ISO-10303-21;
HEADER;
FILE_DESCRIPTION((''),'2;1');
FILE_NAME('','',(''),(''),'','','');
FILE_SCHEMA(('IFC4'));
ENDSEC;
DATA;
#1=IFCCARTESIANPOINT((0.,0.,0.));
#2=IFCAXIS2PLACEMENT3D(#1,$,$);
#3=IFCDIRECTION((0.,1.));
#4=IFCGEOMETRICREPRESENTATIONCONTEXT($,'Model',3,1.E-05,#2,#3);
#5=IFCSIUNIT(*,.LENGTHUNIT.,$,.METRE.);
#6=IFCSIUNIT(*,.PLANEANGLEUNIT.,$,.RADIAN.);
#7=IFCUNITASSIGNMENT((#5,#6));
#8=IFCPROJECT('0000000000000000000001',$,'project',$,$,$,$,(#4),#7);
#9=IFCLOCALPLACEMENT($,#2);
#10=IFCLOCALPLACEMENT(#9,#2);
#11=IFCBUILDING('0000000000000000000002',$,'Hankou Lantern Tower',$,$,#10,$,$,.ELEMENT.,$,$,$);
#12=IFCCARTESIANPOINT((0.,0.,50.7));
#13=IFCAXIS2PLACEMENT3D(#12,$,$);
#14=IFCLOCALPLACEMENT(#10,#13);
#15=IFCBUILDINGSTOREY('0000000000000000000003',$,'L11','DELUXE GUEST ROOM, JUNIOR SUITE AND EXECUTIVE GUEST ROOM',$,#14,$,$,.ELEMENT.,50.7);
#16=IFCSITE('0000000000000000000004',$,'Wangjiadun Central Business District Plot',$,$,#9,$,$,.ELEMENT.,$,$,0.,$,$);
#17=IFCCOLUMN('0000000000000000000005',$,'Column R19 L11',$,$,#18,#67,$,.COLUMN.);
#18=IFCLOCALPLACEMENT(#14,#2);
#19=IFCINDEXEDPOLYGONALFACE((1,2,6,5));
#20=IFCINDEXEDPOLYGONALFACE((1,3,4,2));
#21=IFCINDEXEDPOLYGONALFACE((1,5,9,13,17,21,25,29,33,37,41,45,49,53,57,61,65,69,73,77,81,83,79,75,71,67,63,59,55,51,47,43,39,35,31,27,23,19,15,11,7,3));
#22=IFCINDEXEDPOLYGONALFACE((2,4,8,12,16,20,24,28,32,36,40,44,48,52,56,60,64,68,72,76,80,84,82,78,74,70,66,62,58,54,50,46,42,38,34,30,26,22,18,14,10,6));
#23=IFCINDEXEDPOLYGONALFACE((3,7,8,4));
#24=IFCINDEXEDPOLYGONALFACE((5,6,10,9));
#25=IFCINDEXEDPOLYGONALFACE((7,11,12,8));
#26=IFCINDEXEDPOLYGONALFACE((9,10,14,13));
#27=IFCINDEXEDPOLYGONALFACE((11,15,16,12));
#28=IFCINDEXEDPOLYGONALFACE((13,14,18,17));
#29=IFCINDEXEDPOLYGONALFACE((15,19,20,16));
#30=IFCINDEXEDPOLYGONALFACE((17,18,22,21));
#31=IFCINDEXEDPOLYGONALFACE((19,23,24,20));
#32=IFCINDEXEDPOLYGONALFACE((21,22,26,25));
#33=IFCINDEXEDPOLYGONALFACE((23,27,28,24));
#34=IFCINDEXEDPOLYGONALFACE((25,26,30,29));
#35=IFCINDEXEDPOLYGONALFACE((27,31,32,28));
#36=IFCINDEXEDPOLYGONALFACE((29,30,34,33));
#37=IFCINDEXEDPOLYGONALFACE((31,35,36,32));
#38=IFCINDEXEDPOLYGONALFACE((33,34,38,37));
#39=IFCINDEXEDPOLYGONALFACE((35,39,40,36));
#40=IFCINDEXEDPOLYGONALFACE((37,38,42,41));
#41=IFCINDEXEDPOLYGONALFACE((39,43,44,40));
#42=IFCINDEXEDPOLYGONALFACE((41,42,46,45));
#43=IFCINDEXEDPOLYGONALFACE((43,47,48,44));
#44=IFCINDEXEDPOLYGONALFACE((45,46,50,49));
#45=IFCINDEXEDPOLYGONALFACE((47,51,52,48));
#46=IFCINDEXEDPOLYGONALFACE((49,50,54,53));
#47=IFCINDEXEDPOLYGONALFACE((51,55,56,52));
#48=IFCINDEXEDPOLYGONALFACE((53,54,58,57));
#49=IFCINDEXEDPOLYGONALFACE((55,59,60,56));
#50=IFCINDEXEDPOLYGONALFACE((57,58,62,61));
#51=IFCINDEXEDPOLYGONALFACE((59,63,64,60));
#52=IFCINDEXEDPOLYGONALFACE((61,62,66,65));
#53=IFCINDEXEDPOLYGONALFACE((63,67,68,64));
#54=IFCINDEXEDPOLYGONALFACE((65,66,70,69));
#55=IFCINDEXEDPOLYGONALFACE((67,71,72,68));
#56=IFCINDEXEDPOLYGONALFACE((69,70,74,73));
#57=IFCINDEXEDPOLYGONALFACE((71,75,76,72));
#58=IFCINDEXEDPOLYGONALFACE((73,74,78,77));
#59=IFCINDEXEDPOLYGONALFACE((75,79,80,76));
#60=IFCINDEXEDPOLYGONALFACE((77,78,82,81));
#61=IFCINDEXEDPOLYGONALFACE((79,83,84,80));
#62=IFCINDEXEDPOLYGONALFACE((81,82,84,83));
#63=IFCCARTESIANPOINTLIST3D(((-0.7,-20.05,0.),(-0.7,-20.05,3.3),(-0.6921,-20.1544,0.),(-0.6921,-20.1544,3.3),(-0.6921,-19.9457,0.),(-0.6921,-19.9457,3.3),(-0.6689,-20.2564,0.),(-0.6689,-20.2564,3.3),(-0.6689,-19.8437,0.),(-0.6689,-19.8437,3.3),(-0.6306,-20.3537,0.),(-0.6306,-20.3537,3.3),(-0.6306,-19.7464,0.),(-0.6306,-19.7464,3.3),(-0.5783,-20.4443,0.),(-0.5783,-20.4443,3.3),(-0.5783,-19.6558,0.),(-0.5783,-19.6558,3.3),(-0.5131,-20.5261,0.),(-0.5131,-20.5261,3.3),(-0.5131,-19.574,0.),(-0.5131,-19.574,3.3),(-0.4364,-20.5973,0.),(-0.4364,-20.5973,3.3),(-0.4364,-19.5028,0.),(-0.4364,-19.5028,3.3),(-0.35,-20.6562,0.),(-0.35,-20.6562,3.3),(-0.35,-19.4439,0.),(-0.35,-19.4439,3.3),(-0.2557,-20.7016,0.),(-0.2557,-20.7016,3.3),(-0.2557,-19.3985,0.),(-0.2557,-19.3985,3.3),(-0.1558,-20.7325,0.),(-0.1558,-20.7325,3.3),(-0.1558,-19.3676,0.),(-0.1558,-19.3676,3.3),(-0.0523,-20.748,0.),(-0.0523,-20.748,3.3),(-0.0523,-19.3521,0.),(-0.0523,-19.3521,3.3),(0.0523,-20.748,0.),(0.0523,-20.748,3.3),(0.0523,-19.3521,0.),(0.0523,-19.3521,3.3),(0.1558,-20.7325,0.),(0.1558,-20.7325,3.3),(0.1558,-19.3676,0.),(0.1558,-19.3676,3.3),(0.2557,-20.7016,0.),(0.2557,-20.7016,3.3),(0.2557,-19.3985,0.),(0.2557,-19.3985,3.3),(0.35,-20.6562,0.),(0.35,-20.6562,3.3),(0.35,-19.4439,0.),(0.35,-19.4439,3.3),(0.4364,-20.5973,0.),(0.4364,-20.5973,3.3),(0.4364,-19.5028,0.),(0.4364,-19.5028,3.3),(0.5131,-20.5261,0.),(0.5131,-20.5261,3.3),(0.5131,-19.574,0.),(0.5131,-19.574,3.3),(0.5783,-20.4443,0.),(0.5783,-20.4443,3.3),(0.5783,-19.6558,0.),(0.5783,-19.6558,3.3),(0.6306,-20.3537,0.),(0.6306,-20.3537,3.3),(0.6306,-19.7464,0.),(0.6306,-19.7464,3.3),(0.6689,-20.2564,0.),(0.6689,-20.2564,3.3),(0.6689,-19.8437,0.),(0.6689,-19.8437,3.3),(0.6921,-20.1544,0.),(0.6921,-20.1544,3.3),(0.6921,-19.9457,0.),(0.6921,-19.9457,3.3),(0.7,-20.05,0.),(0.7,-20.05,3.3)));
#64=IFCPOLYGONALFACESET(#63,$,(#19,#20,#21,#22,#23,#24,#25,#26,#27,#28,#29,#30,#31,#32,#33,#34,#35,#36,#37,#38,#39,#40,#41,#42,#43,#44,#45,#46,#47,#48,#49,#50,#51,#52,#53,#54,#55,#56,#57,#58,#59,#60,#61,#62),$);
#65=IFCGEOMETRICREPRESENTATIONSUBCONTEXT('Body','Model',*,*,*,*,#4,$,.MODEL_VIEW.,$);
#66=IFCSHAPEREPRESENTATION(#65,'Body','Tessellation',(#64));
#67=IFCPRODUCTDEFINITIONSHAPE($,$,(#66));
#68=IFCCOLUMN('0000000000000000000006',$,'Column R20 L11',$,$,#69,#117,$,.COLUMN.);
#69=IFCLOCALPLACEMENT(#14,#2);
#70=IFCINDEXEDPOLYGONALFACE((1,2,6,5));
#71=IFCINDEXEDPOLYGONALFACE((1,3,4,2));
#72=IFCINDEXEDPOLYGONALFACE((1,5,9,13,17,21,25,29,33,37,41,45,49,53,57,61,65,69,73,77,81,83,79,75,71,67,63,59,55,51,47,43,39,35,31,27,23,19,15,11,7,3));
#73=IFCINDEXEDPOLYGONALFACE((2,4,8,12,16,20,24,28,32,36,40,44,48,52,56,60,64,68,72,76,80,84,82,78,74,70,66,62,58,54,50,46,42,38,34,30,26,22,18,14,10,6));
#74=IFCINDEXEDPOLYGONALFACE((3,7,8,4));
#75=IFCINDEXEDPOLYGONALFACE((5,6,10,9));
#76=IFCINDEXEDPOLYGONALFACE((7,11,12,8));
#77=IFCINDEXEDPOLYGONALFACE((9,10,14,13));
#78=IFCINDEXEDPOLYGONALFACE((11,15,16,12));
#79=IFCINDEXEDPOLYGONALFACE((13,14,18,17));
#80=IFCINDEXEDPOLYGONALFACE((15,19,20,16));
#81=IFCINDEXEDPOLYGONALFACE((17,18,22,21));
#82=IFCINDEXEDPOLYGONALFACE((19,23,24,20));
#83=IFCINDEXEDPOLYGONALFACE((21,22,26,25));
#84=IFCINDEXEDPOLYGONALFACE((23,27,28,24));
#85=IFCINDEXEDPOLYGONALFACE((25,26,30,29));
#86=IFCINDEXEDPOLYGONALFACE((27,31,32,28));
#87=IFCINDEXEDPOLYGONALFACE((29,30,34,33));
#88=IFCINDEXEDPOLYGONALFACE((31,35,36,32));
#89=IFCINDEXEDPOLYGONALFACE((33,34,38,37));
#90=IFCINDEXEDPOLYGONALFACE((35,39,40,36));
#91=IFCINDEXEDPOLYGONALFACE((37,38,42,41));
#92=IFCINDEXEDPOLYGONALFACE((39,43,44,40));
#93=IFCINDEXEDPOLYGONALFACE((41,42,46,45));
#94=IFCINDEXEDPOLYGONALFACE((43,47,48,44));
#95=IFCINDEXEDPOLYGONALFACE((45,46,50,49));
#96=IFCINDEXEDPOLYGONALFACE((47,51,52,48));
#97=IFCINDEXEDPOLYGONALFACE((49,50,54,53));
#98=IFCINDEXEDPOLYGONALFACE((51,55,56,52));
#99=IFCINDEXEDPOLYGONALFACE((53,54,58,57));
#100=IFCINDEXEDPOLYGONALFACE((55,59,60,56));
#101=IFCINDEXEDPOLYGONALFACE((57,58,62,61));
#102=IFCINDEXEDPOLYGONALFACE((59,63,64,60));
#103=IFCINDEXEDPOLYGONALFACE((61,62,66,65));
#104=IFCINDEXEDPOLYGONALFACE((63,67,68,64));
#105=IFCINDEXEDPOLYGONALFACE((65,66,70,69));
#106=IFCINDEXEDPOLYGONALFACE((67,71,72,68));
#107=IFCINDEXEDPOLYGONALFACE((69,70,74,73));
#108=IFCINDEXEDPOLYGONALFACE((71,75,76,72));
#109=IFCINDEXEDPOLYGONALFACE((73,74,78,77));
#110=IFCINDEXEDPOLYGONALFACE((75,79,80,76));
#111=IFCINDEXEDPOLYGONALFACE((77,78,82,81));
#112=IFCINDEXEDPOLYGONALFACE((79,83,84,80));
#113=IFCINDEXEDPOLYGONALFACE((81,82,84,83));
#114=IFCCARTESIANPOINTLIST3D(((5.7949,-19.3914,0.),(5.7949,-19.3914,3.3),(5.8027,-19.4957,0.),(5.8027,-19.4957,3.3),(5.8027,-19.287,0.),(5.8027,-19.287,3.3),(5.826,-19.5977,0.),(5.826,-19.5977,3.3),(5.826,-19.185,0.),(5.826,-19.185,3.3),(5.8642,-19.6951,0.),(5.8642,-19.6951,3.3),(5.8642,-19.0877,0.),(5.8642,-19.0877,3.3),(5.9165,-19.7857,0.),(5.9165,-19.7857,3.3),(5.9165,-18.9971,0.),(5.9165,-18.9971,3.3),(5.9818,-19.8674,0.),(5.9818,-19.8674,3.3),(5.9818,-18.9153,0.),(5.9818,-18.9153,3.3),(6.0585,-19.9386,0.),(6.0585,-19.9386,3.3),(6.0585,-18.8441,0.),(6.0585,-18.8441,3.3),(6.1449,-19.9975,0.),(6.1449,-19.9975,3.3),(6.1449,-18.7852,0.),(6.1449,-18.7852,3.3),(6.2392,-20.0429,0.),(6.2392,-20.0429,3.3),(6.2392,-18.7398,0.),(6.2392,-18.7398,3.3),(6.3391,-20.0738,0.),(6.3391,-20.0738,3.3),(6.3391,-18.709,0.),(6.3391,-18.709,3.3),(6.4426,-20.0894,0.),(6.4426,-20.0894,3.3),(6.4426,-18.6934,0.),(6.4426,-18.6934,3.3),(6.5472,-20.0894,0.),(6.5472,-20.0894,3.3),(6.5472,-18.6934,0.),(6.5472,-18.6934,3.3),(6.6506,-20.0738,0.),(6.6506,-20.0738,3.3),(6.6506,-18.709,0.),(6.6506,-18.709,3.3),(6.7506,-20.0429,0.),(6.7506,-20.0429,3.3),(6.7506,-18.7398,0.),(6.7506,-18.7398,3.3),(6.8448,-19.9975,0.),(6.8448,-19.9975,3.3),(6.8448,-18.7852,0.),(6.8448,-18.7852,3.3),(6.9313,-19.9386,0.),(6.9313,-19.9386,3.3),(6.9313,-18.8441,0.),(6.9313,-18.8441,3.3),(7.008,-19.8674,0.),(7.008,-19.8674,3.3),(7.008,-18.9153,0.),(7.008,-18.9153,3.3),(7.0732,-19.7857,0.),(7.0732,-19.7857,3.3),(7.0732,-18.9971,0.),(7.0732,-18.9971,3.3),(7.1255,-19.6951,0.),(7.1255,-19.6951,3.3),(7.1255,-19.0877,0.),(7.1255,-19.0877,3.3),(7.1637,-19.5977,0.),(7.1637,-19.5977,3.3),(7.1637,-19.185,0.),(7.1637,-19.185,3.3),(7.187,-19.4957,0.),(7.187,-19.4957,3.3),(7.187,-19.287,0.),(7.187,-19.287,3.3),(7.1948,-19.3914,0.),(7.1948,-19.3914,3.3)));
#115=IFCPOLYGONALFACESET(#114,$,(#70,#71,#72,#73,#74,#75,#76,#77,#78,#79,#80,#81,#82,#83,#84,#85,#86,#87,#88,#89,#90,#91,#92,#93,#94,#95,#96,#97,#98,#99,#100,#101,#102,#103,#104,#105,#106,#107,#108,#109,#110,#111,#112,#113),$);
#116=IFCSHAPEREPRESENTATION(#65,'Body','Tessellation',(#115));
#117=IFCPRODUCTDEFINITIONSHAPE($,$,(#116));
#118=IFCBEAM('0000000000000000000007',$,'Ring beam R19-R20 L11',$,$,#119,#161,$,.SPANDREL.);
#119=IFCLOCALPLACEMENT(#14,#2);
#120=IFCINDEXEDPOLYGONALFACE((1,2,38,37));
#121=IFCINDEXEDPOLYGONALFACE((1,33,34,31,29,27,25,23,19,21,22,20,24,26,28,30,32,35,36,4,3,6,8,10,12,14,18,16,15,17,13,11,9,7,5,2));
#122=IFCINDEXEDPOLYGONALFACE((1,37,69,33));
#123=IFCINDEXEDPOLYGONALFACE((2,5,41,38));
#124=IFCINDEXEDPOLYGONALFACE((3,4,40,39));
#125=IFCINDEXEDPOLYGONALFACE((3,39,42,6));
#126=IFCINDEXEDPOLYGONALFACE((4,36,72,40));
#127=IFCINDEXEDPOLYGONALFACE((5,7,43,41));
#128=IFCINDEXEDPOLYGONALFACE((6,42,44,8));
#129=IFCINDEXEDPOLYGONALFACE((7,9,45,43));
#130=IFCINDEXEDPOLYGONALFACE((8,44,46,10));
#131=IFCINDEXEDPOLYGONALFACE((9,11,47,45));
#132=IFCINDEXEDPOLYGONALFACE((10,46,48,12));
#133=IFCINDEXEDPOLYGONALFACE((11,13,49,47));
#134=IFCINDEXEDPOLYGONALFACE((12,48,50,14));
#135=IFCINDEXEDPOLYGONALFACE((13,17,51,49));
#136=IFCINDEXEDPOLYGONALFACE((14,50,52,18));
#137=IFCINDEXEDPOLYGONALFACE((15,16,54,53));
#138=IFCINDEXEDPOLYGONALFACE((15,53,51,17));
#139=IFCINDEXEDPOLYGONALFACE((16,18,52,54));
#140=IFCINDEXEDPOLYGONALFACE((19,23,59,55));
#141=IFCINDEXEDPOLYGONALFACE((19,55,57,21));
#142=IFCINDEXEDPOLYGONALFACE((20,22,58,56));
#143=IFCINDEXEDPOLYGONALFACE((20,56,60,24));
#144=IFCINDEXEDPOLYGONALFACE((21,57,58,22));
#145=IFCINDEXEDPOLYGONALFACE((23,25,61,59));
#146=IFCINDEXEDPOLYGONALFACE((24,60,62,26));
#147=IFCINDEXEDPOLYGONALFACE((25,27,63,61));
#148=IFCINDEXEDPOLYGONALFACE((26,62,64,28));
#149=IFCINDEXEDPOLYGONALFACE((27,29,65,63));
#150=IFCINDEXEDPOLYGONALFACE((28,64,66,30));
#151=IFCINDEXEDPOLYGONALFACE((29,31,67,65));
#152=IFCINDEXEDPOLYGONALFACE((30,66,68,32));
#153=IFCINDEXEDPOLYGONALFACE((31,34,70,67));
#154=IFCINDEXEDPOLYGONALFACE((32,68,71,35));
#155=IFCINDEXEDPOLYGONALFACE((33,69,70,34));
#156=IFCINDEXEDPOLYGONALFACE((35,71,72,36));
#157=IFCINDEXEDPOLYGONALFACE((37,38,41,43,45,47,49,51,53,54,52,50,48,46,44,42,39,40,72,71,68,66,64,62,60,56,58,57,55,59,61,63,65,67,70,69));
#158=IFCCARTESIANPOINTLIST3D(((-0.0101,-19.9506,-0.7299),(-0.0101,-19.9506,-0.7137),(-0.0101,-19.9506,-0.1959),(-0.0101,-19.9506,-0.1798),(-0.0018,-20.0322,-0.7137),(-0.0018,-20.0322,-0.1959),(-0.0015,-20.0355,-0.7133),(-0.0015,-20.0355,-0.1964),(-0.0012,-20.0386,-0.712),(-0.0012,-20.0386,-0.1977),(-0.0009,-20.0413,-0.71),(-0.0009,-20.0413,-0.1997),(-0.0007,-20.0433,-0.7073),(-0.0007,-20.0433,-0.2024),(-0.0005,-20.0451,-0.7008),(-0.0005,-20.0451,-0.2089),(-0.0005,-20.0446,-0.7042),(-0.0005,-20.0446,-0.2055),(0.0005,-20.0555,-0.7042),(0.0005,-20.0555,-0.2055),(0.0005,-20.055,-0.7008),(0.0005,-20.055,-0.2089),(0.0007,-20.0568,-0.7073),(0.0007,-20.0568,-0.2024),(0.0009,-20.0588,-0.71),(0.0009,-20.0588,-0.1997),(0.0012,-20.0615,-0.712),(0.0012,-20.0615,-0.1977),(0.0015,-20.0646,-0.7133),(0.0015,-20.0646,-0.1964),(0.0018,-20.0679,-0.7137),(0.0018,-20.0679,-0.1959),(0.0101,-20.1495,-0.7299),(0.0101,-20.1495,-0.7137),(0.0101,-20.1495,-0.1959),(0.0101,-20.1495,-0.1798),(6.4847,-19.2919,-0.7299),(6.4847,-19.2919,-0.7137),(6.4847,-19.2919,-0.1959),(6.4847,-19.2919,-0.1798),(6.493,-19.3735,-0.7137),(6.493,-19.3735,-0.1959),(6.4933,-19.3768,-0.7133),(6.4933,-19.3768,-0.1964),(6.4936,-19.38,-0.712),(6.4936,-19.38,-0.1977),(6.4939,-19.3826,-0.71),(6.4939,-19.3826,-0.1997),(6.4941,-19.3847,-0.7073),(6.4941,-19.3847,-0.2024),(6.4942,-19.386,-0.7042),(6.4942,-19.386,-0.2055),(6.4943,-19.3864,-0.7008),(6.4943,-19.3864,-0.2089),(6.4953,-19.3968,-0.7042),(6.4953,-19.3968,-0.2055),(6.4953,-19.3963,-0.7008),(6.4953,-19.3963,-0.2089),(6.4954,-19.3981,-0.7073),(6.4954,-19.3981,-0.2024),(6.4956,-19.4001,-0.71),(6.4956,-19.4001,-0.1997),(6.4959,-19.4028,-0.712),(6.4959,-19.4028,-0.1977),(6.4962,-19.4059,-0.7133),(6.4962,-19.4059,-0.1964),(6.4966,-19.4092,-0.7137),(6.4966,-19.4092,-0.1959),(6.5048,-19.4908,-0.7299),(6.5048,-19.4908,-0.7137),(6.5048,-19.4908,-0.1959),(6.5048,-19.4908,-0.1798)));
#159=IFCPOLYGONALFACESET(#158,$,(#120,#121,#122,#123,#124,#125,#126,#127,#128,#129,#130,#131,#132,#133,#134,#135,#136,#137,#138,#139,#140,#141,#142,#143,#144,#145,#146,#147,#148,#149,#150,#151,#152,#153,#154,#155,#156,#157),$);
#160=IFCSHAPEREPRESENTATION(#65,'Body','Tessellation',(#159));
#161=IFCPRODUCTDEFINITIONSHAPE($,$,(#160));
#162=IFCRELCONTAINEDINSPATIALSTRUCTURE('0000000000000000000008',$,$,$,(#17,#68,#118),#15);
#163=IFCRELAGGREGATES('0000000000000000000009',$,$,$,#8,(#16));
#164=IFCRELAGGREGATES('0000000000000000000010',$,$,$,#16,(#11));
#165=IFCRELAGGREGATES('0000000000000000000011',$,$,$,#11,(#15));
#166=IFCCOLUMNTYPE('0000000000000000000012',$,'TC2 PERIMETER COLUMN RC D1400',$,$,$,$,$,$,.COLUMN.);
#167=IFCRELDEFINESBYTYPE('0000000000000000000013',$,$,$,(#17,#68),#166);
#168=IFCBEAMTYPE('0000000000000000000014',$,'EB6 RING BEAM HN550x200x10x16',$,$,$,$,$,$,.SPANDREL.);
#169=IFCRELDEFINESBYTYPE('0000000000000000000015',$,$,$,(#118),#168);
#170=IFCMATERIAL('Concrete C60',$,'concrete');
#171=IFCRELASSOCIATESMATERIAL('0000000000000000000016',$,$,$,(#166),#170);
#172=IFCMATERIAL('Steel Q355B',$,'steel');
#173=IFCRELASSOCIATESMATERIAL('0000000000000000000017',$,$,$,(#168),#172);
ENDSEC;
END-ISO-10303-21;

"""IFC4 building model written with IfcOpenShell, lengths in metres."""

from ifc_helpers import new_model, si_unit, direction, frame, origin, origin_2d, place, context, subcontext, project, spatial, circle, i_section, extrude, material, material_profile, profile_set, type_object, element, save


model = new_model("IFC4")

# Units and contexts
model_context = context("Model", 3, precision=1e-05, world=origin(), true_north=direction((0.0, 1.0)))
body_context = subcontext(model_context, "Body", "Model", "MODEL_VIEW")
ifc_project = project(units=[si_unit("LENGTHUNIT", "METRE"), si_unit("PLANEANGLEUNIT", "RADIAN")], contexts=[model_context])

# Site, building, storey
site_placement = place(None, origin())
site = spatial("IfcSite", under=ifc_project, at=site_placement, Name="Wangjiadun Central Business District Plot", CompositionType="ELEMENT", RefElevation=0.0)
building_placement = place(site_placement, origin())
building = spatial("IfcBuilding", under=site, at=building_placement, Name="Hankou Lantern Tower", CompositionType="ELEMENT")
storey_placement = place(building_placement, frame((0.0, 0.0, 50.7)))
storey = spatial("IfcBuildingStorey", under=building, at=storey_placement, Name="L11", Description="DELUXE GUEST ROOM, JUNIOR SUITE AND EXECUTIVE GUEST ROOM", CompositionType="ELEMENT", Elevation=50.7)

# Columns
ifc_material_1 = material(Name="Concrete C60", Category="concrete")
ifc_material_profile_1 = material_profile(ifc_material_1, circle(Radius=0.7, at=origin_2d()), Name="RC D1400")
ifc_profile_set_1 = profile_set([ifc_material_profile_1], Name="Concrete C60")
column_type = type_object("IfcColumnType", Name="TC2 PERIMETER COLUMN RC D1400", PredefinedType="COLUMN", material=ifc_profile_set_1)
for number, where, z_axis, x_axis, name in (
    (1, (0.0, -20.05, 0.0), (0.0, 0.0, 1.0), (1.0, 0.0, 0.0), "Column R19 L11"),
    (2, (6.4949, -19.3914, 0.0), (0.0, 0.0, 1.0), (1.0, 0.0, 0.0), "Column R20 L11"),
):
    element("IfcColumn", number, at=place(storey_placement, frame(where, z_axis=z_axis, x_axis=x_axis)), inside=storey, type_object=column_type, Name=name, PredefinedType="COLUMN", context=body_context, shape_type="SweptSolid", body=[
        extrude(circle(Radius=0.7, at=origin_2d()), origin(), (0.0, 0.0, 1.0), 3.3),
    ])

# Beam
ifc_material_2 = material(Name="Steel Q355B", Category="steel")
ifc_material_profile_2 = material_profile(ifc_material_2, i_section(OverallWidth=0.2, OverallDepth=0.55, WebThickness=0.01, FlangeThickness=0.0161, FilletRadius=0.0129, at=origin_2d()), Name="HN550x200x10x16")
ifc_profile_set_2 = profile_set([ifc_material_profile_2], Name="Steel Q355B")
beam_type_1 = type_object("IfcBeamType", Name="EB6 RING BEAM HN550x200x10x16", PredefinedType="SPANDREL", material=ifc_profile_set_2)
beam_1_placement = place(storey_placement, frame((0.0, -20.05, -0.4548), z_axis=(0.994897, 0.1009, 0.0), x_axis=(-0.1009, 0.994897, 0.0)))
element("IfcBeam", 3, at=beam_1_placement, inside=storey, type_object=beam_type_1, Name="Ring beam R19-R20 L11", PredefinedType="SPANDREL", context=body_context, shape_type="SweptSolid", body=[
    extrude(i_section(OverallWidth=0.2, OverallDepth=0.55, WebThickness=0.01, FlangeThickness=0.0161, FilletRadius=0.0129, at=origin_2d()), origin(), (0.0, 0.0, 1.0), 6.5281),
])

save(model, "model.ifc")
